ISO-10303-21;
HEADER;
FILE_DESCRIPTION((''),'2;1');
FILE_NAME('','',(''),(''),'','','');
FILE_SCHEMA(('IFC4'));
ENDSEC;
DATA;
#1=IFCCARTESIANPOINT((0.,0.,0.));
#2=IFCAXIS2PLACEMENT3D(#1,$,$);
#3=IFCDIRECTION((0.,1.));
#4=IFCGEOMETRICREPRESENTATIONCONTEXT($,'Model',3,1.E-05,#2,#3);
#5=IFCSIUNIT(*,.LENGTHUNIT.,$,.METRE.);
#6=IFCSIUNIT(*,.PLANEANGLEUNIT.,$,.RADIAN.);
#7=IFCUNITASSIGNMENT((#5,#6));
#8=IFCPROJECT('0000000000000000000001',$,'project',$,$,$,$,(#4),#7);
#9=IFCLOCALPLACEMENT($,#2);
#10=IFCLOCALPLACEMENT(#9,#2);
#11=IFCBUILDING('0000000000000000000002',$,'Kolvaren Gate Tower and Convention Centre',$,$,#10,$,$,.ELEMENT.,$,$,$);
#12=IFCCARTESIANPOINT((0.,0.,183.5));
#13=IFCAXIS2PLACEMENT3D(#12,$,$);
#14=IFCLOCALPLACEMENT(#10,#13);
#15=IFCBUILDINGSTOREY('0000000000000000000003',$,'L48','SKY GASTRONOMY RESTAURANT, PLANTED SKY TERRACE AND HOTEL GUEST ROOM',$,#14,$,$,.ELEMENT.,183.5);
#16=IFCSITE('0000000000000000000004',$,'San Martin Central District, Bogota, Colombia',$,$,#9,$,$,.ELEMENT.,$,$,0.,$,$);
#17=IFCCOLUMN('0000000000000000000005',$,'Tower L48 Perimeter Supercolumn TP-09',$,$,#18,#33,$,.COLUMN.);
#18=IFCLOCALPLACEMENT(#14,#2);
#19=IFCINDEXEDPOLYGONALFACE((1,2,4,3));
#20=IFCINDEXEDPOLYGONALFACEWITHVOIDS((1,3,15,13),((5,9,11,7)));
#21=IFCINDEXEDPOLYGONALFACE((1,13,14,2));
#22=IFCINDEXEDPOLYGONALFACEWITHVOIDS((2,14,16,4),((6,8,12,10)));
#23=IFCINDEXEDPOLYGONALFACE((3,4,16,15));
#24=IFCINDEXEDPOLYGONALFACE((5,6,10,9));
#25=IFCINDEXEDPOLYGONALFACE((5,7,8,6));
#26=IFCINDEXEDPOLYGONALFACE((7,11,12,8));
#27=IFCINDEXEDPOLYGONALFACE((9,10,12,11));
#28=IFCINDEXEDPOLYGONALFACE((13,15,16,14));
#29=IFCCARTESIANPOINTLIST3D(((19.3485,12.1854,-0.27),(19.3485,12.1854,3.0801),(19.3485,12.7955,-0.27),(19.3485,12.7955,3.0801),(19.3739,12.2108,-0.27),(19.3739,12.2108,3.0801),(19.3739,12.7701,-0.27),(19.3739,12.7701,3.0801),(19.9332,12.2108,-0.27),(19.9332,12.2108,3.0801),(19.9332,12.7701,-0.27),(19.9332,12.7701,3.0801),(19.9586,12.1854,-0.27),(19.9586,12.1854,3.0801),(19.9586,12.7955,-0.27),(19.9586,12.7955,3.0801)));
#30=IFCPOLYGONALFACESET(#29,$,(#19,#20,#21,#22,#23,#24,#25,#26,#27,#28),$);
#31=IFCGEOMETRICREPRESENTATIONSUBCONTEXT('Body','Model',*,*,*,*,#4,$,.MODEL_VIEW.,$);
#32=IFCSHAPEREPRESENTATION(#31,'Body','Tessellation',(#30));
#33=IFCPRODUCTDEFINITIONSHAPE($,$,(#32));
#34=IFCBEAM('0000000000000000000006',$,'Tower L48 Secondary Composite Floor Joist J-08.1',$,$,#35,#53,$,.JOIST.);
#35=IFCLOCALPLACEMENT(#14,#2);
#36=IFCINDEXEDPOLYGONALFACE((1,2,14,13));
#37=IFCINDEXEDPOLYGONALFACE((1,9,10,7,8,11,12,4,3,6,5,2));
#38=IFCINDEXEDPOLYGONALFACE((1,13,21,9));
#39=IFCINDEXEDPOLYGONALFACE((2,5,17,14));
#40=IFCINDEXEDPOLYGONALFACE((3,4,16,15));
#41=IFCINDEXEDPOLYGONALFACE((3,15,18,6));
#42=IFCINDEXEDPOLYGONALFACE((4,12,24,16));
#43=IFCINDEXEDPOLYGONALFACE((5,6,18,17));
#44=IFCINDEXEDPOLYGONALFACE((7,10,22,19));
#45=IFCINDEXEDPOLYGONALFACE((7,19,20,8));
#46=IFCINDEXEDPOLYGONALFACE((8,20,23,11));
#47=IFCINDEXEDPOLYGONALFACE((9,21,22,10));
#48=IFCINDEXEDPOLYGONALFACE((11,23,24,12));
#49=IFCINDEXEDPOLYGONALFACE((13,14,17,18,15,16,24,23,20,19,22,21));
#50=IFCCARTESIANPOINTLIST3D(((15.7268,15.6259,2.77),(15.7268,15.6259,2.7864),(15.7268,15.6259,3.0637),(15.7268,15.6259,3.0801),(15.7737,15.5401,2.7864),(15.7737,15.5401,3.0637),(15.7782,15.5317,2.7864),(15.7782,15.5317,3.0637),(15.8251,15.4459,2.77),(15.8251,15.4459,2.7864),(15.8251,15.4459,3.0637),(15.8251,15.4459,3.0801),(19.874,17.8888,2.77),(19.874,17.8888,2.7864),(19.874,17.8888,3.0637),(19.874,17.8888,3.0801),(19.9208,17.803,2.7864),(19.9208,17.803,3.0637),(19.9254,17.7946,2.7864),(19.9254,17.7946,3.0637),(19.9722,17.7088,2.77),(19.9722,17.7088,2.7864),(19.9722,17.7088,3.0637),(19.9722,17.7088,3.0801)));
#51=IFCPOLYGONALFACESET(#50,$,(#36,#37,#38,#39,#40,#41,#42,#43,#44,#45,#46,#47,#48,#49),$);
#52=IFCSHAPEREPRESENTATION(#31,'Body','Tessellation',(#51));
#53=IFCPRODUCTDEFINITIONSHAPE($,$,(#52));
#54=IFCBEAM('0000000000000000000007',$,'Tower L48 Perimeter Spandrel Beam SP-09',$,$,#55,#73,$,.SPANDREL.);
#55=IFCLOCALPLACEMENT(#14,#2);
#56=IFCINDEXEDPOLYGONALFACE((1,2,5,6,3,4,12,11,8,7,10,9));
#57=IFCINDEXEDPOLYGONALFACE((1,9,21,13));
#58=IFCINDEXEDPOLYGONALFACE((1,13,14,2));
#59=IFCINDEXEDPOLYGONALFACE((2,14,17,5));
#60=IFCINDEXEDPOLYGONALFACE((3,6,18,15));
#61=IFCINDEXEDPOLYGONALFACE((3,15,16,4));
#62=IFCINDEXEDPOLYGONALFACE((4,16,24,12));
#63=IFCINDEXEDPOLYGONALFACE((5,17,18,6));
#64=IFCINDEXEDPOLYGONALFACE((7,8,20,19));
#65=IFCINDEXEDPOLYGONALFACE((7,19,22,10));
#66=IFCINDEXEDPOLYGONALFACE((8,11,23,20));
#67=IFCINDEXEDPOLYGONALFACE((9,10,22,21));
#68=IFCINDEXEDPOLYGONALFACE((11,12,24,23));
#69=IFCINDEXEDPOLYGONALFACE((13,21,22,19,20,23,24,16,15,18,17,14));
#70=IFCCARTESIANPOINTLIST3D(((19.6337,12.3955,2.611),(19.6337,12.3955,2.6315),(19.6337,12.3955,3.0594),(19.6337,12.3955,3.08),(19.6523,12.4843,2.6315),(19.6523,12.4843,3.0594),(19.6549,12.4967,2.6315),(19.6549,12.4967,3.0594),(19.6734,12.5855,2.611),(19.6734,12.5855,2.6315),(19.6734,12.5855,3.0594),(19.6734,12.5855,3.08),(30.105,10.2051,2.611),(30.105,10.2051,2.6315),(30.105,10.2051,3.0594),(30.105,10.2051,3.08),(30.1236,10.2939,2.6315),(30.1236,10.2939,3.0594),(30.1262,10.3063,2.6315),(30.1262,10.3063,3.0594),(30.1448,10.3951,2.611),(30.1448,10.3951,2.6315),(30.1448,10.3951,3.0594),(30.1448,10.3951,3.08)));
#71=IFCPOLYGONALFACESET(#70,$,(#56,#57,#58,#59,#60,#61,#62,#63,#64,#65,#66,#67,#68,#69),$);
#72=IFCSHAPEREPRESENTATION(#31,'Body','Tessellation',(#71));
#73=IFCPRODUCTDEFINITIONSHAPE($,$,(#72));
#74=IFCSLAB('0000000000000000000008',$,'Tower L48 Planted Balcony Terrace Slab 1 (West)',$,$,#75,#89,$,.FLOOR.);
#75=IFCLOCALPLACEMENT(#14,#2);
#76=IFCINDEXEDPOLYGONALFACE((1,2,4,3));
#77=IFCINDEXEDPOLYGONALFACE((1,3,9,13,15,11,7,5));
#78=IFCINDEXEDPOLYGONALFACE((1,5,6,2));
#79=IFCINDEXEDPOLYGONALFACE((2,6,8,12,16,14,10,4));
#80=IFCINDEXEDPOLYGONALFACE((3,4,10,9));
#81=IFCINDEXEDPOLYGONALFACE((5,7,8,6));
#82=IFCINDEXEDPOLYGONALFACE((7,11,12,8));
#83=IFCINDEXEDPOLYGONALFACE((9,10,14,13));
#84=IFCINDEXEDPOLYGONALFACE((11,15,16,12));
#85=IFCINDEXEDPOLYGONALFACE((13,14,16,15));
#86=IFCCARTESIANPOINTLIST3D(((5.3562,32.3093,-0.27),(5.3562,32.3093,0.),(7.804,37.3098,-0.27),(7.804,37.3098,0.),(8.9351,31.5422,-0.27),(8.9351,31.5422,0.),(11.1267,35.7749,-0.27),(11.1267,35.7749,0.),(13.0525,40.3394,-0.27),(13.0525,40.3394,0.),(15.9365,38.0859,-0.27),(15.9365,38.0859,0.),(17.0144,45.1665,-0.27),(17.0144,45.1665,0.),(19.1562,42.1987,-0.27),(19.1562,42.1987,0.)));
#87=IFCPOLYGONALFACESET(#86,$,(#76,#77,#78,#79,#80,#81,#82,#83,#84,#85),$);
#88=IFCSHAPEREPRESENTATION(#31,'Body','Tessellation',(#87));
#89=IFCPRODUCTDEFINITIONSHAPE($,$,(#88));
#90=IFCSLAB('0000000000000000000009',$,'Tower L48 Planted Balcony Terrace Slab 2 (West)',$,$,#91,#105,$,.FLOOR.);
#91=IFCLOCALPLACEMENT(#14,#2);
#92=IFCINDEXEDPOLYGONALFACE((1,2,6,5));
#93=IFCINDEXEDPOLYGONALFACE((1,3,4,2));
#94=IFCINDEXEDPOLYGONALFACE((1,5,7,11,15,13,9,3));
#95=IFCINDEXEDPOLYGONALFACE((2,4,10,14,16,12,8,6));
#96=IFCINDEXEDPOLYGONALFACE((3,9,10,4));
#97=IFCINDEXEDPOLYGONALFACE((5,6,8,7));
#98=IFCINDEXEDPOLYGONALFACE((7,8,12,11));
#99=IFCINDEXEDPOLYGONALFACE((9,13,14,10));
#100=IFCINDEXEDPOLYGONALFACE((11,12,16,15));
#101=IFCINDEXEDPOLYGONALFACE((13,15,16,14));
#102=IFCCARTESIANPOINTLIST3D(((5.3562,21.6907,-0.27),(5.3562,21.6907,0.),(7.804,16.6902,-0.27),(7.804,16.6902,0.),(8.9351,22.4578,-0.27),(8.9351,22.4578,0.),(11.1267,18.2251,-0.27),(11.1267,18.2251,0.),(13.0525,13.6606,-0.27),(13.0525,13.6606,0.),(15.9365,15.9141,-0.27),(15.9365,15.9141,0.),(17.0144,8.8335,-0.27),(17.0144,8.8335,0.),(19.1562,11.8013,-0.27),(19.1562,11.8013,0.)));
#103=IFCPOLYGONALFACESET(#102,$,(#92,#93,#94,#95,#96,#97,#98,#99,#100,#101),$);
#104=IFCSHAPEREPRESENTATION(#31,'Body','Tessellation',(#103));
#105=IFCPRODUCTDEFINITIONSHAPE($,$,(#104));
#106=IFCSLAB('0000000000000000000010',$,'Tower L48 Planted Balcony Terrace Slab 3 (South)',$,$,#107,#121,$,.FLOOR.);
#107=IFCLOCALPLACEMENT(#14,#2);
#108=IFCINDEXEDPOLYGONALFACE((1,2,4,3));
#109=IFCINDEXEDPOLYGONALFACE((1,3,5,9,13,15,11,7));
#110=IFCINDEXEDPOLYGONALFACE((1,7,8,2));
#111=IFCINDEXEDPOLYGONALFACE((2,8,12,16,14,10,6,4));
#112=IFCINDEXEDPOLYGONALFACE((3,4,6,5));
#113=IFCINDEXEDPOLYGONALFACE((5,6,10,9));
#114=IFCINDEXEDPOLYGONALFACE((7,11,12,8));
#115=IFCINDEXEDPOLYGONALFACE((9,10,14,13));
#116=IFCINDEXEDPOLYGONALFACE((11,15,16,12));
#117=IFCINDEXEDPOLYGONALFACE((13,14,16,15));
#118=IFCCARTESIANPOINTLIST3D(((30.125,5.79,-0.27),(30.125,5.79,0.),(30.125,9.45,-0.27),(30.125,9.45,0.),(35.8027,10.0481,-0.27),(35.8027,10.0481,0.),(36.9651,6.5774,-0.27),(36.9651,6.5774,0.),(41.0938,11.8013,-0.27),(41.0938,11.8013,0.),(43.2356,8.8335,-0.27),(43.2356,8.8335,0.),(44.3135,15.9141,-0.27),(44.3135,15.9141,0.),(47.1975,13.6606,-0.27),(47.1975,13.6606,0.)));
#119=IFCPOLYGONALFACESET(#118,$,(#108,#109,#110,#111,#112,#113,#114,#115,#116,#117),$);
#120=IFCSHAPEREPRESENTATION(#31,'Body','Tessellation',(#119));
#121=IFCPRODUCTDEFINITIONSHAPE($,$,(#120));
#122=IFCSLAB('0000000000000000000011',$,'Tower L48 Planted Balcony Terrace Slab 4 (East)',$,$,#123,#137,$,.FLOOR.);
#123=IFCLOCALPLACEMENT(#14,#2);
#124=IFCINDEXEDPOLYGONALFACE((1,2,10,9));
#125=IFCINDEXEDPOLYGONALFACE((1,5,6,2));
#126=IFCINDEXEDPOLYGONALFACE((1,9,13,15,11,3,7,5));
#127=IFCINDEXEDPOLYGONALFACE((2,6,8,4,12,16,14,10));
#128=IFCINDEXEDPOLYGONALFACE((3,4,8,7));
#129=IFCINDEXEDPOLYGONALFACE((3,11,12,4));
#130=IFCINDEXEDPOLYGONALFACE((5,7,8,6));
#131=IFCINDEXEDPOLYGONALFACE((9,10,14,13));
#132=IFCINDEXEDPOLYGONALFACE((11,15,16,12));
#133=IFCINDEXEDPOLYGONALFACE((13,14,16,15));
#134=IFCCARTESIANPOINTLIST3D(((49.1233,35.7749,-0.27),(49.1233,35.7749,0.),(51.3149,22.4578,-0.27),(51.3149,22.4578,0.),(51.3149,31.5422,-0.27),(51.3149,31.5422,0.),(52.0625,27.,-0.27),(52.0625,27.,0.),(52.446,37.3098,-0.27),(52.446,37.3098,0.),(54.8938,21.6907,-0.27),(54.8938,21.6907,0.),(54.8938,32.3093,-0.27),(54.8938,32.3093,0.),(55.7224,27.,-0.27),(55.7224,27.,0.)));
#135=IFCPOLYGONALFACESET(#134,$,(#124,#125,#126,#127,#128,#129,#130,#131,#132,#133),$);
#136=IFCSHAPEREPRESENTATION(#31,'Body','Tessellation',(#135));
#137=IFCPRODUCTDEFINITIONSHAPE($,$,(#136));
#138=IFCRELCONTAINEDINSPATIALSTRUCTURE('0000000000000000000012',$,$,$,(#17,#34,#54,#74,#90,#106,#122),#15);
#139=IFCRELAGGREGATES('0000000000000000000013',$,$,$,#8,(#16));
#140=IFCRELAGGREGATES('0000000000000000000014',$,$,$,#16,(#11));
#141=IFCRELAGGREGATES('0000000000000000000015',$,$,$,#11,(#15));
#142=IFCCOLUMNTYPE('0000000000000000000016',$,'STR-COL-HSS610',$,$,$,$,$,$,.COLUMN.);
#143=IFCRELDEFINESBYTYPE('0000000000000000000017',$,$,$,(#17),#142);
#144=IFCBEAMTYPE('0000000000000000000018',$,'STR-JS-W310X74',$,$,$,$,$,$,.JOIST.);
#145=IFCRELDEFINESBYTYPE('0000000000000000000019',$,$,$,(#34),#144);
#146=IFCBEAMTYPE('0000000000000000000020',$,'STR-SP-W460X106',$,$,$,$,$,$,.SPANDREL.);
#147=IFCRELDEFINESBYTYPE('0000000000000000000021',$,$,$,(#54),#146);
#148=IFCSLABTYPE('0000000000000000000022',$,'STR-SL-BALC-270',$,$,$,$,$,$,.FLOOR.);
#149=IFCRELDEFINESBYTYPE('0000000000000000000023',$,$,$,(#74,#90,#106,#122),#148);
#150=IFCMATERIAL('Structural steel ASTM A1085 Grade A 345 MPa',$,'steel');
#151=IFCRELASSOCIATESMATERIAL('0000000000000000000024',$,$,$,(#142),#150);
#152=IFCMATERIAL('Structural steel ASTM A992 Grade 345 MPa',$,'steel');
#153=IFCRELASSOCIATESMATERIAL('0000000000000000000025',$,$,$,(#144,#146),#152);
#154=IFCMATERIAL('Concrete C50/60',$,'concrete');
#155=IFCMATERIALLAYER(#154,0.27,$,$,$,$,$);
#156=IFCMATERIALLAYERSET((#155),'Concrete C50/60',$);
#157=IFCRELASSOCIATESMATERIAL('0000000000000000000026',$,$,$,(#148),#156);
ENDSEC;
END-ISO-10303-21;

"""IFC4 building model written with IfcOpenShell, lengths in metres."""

from ifc_helpers import new_model, si_unit, direction, frame, origin, origin_2d, place, context, subcontext, project, spatial, polyline, hollow_rectangle, i_section, outline, extrude, material, layer, layer_set, material_profile, profile_set, type_object, element, save


model = new_model("IFC4")

# Units and contexts
model_context = context("Model", 3, precision=1e-05, world=origin(), true_north=direction((0.0, 1.0)))
body_context = subcontext(model_context, "Body", "Model", "MODEL_VIEW")
ifc_project = project(units=[si_unit("LENGTHUNIT", "METRE"), si_unit("PLANEANGLEUNIT", "RADIAN")], contexts=[model_context])

# Site, building, storey
site_placement = place(None, origin())
site = spatial("IfcSite", under=ifc_project, at=site_placement, Name="San Martin Central District, Bogota, Colombia", CompositionType="ELEMENT", RefElevation=0.0)
building_placement = place(site_placement, origin())
building = spatial("IfcBuilding", under=site, at=building_placement, Name="Kolvaren Gate Tower and Convention Centre", CompositionType="ELEMENT")
storey_placement = place(building_placement, frame((0.0, 0.0, 183.5)))
storey = spatial("IfcBuildingStorey", under=building, at=storey_placement, Name="L48", Description="SKY GASTRONOMY RESTAURANT, PLANTED SKY TERRACE AND HOTEL GUEST ROOM", CompositionType="ELEMENT", Elevation=183.5)

# Column
ifc_material_1 = material(Name="Structural steel ASTM A1085 Grade A 345 MPa", Category="steel")
ifc_material_profile_1 = material_profile(ifc_material_1, hollow_rectangle(XDim=0.6101, YDim=0.6101, WallThickness=0.0254, at=origin_2d()), Name="HSS610X610X25.4")
ifc_profile_set_1 = profile_set([ifc_material_profile_1], Name="Structural steel ASTM A1085 Grade A 345 MPa")
column_type = type_object("IfcColumnType", Name="STR-COL-HSS610", PredefinedType="COLUMN", material=ifc_profile_set_1)
column_placement = place(storey_placement, frame((19.6536, 12.4905, -0.27), z_axis=(0.0, 0.0, 1.0), x_axis=(1.0, 0.0, 0.0)))
element("IfcColumn", 1, at=column_placement, inside=storey, type_object=column_type, Name="Tower L48 Perimeter Supercolumn TP-09", PredefinedType="COLUMN", context=body_context, shape_type="SweptSolid", body=[
    extrude(hollow_rectangle(XDim=0.6101, YDim=0.6101, WallThickness=0.0254, at=origin_2d()), origin(), (0.0, 0.0, 1.0), 3.3501),
])

# Beams
ifc_material_2 = material(Name="Structural steel ASTM A992 Grade 345 MPa", Category="steel")
ifc_material_profile_2 = material_profile(ifc_material_2, i_section(OverallWidth=0.2051, OverallDepth=0.3101, WebThickness=0.0095, FlangeThickness=0.0164, at=origin_2d()), Name="W310X74")
ifc_profile_set_2 = profile_set([ifc_material_profile_2], Name="Structural steel ASTM A992 Grade 345 MPa")
beam_type_1 = type_object("IfcBeamType", Name="STR-JS-W310X74", PredefinedType="JOIST", material=ifc_profile_set_2)
beam_1_placement = place(storey_placement, frame((19.9231, 17.7988, 2.925), z_axis=(-0.877822, -0.478986, 0.0), x_axis=(0.478986, -0.877822, 0.0)))
element("IfcBeam", 2, at=beam_1_placement, inside=storey, type_object=beam_type_1, Name="Tower L48 Secondary Composite Floor Joist J-08.1", PredefinedType="JOIST", context=body_context, shape_type="SweptSolid", body=[
    extrude(i_section(OverallWidth=0.2051, OverallDepth=0.3101, WebThickness=0.0095, FlangeThickness=0.0164, at=origin_2d()), origin(), (0.0, 0.0, 1.0), 4.7244),
])
ifc_material_profile_3 = material_profile(ifc_material_2, i_section(OverallWidth=0.1941, OverallDepth=0.469, WebThickness=0.0127, FlangeThickness=0.0205, at=origin_2d()), Name="W460X106")
ifc_profile_set_3 = profile_set([ifc_material_profile_3], Name="Structural steel ASTM A992 Grade 345 MPa")
beam_type_2 = type_object("IfcBeamType", Name="STR-SP-W460X106", PredefinedType="SPANDREL", material=ifc_profile_set_3)
beam_2_placement = place(storey_placement, frame((19.6536, 12.4905, 2.8455), z_axis=(0.978814, -0.20475, 0.0), x_axis=(0.20475, 0.978814, 0.0)))
element("IfcBeam", 3, at=beam_2_placement, inside=storey, type_object=beam_type_2, Name="Tower L48 Perimeter Spandrel Beam SP-09", PredefinedType="SPANDREL", context=body_context, shape_type="SweptSolid", body=[
    extrude(i_section(OverallWidth=0.1941, OverallDepth=0.469, WebThickness=0.0127, FlangeThickness=0.0205, at=origin_2d()), origin(), (0.0, 0.0, 1.0), 10.698),
])

# Slabs
ifc_material_3 = material(Name="Concrete C50/60", Category="concrete")
ifc_layer_1 = layer(ifc_material_3, 0.27)
ifc_layer_set_1 = layer_set([ifc_layer_1], Name="Concrete C50/60")
slab_type_1 = type_object("IfcSlabType", Name="STR-SL-BALC-270", PredefinedType="FLOOR", material=ifc_layer_set_1)
slab_1_placement = place(storey_placement, frame((0.0, 0.0, -0.27)))
element("IfcSlab", 4, at=slab_1_placement, inside=storey, type_object=slab_type_1, Name="Tower L48 Planted Balcony Terrace Slab 1 (West)", PredefinedType="FLOOR", context=body_context, shape_type="SweptSolid", body=[
    extrude(outline(polyline([(19.1562, 42.1987), (15.9365, 38.0859), (11.1267, 35.7749), (8.9351, 31.5422), (5.3562, 32.3093), (7.804, 37.3098), (13.0525, 40.3394), (17.0144, 45.1665), (19.1562, 42.1987)])), origin(), (0.0, 0.0, 1.0), 0.27),
])
slab_2_placement = place(storey_placement, frame((0.0, 0.0, -0.27)))
element("IfcSlab", 5, at=slab_2_placement, inside=storey, type_object=slab_type_1, Name="Tower L48 Planted Balcony Terrace Slab 2 (West)", PredefinedType="FLOOR", context=body_context, shape_type="SweptSolid", body=[
    extrude(outline(polyline([(8.9351, 22.4578), (11.1267, 18.2251), (15.9365, 15.9141), (19.1562, 11.8013), (17.0144, 8.8335), (13.0525, 13.6606), (7.804, 16.6902), (5.3562, 21.6907), (8.9351, 22.4578)])), origin(), (0.0, 0.0, 1.0), 0.27),
])
slab_3_placement = place(storey_placement, frame((0.0, 0.0, -0.27)))
element("IfcSlab", 6, at=slab_3_placement, inside=storey, type_object=slab_type_1, Name="Tower L48 Planted Balcony Terrace Slab 3 (South)", PredefinedType="FLOOR", context=body_context, shape_type="SweptSolid", body=[
    extrude(outline(polyline([(30.125, 9.45), (35.8027, 10.0481), (41.0938, 11.8013), (44.3135, 15.9141), (47.1975, 13.6606), (43.2356, 8.8335), (36.9651, 6.5774), (30.125, 5.79), (30.125, 9.45)])), origin(), (0.0, 0.0, 1.0), 0.27),
])
slab_4_placement = place(storey_placement, frame((0.0, 0.0, -0.27)))
element("IfcSlab", 7, at=slab_4_placement, inside=storey, type_object=slab_type_1, Name="Tower L48 Planted Balcony Terrace Slab 4 (East)", PredefinedType="FLOOR", context=body_context, shape_type="SweptSolid", body=[
    extrude(outline(polyline([(51.3149, 22.4578), (52.0625, 27.0), (51.3149, 31.5422), (49.1233, 35.7749), (52.446, 37.3098), (54.8938, 32.3093), (55.7224, 27.0), (54.8938, 21.6907), (51.3149, 22.4578)])), origin(), (0.0, 0.0, 1.0), 0.27),
])

save(model, "model.ifc")
